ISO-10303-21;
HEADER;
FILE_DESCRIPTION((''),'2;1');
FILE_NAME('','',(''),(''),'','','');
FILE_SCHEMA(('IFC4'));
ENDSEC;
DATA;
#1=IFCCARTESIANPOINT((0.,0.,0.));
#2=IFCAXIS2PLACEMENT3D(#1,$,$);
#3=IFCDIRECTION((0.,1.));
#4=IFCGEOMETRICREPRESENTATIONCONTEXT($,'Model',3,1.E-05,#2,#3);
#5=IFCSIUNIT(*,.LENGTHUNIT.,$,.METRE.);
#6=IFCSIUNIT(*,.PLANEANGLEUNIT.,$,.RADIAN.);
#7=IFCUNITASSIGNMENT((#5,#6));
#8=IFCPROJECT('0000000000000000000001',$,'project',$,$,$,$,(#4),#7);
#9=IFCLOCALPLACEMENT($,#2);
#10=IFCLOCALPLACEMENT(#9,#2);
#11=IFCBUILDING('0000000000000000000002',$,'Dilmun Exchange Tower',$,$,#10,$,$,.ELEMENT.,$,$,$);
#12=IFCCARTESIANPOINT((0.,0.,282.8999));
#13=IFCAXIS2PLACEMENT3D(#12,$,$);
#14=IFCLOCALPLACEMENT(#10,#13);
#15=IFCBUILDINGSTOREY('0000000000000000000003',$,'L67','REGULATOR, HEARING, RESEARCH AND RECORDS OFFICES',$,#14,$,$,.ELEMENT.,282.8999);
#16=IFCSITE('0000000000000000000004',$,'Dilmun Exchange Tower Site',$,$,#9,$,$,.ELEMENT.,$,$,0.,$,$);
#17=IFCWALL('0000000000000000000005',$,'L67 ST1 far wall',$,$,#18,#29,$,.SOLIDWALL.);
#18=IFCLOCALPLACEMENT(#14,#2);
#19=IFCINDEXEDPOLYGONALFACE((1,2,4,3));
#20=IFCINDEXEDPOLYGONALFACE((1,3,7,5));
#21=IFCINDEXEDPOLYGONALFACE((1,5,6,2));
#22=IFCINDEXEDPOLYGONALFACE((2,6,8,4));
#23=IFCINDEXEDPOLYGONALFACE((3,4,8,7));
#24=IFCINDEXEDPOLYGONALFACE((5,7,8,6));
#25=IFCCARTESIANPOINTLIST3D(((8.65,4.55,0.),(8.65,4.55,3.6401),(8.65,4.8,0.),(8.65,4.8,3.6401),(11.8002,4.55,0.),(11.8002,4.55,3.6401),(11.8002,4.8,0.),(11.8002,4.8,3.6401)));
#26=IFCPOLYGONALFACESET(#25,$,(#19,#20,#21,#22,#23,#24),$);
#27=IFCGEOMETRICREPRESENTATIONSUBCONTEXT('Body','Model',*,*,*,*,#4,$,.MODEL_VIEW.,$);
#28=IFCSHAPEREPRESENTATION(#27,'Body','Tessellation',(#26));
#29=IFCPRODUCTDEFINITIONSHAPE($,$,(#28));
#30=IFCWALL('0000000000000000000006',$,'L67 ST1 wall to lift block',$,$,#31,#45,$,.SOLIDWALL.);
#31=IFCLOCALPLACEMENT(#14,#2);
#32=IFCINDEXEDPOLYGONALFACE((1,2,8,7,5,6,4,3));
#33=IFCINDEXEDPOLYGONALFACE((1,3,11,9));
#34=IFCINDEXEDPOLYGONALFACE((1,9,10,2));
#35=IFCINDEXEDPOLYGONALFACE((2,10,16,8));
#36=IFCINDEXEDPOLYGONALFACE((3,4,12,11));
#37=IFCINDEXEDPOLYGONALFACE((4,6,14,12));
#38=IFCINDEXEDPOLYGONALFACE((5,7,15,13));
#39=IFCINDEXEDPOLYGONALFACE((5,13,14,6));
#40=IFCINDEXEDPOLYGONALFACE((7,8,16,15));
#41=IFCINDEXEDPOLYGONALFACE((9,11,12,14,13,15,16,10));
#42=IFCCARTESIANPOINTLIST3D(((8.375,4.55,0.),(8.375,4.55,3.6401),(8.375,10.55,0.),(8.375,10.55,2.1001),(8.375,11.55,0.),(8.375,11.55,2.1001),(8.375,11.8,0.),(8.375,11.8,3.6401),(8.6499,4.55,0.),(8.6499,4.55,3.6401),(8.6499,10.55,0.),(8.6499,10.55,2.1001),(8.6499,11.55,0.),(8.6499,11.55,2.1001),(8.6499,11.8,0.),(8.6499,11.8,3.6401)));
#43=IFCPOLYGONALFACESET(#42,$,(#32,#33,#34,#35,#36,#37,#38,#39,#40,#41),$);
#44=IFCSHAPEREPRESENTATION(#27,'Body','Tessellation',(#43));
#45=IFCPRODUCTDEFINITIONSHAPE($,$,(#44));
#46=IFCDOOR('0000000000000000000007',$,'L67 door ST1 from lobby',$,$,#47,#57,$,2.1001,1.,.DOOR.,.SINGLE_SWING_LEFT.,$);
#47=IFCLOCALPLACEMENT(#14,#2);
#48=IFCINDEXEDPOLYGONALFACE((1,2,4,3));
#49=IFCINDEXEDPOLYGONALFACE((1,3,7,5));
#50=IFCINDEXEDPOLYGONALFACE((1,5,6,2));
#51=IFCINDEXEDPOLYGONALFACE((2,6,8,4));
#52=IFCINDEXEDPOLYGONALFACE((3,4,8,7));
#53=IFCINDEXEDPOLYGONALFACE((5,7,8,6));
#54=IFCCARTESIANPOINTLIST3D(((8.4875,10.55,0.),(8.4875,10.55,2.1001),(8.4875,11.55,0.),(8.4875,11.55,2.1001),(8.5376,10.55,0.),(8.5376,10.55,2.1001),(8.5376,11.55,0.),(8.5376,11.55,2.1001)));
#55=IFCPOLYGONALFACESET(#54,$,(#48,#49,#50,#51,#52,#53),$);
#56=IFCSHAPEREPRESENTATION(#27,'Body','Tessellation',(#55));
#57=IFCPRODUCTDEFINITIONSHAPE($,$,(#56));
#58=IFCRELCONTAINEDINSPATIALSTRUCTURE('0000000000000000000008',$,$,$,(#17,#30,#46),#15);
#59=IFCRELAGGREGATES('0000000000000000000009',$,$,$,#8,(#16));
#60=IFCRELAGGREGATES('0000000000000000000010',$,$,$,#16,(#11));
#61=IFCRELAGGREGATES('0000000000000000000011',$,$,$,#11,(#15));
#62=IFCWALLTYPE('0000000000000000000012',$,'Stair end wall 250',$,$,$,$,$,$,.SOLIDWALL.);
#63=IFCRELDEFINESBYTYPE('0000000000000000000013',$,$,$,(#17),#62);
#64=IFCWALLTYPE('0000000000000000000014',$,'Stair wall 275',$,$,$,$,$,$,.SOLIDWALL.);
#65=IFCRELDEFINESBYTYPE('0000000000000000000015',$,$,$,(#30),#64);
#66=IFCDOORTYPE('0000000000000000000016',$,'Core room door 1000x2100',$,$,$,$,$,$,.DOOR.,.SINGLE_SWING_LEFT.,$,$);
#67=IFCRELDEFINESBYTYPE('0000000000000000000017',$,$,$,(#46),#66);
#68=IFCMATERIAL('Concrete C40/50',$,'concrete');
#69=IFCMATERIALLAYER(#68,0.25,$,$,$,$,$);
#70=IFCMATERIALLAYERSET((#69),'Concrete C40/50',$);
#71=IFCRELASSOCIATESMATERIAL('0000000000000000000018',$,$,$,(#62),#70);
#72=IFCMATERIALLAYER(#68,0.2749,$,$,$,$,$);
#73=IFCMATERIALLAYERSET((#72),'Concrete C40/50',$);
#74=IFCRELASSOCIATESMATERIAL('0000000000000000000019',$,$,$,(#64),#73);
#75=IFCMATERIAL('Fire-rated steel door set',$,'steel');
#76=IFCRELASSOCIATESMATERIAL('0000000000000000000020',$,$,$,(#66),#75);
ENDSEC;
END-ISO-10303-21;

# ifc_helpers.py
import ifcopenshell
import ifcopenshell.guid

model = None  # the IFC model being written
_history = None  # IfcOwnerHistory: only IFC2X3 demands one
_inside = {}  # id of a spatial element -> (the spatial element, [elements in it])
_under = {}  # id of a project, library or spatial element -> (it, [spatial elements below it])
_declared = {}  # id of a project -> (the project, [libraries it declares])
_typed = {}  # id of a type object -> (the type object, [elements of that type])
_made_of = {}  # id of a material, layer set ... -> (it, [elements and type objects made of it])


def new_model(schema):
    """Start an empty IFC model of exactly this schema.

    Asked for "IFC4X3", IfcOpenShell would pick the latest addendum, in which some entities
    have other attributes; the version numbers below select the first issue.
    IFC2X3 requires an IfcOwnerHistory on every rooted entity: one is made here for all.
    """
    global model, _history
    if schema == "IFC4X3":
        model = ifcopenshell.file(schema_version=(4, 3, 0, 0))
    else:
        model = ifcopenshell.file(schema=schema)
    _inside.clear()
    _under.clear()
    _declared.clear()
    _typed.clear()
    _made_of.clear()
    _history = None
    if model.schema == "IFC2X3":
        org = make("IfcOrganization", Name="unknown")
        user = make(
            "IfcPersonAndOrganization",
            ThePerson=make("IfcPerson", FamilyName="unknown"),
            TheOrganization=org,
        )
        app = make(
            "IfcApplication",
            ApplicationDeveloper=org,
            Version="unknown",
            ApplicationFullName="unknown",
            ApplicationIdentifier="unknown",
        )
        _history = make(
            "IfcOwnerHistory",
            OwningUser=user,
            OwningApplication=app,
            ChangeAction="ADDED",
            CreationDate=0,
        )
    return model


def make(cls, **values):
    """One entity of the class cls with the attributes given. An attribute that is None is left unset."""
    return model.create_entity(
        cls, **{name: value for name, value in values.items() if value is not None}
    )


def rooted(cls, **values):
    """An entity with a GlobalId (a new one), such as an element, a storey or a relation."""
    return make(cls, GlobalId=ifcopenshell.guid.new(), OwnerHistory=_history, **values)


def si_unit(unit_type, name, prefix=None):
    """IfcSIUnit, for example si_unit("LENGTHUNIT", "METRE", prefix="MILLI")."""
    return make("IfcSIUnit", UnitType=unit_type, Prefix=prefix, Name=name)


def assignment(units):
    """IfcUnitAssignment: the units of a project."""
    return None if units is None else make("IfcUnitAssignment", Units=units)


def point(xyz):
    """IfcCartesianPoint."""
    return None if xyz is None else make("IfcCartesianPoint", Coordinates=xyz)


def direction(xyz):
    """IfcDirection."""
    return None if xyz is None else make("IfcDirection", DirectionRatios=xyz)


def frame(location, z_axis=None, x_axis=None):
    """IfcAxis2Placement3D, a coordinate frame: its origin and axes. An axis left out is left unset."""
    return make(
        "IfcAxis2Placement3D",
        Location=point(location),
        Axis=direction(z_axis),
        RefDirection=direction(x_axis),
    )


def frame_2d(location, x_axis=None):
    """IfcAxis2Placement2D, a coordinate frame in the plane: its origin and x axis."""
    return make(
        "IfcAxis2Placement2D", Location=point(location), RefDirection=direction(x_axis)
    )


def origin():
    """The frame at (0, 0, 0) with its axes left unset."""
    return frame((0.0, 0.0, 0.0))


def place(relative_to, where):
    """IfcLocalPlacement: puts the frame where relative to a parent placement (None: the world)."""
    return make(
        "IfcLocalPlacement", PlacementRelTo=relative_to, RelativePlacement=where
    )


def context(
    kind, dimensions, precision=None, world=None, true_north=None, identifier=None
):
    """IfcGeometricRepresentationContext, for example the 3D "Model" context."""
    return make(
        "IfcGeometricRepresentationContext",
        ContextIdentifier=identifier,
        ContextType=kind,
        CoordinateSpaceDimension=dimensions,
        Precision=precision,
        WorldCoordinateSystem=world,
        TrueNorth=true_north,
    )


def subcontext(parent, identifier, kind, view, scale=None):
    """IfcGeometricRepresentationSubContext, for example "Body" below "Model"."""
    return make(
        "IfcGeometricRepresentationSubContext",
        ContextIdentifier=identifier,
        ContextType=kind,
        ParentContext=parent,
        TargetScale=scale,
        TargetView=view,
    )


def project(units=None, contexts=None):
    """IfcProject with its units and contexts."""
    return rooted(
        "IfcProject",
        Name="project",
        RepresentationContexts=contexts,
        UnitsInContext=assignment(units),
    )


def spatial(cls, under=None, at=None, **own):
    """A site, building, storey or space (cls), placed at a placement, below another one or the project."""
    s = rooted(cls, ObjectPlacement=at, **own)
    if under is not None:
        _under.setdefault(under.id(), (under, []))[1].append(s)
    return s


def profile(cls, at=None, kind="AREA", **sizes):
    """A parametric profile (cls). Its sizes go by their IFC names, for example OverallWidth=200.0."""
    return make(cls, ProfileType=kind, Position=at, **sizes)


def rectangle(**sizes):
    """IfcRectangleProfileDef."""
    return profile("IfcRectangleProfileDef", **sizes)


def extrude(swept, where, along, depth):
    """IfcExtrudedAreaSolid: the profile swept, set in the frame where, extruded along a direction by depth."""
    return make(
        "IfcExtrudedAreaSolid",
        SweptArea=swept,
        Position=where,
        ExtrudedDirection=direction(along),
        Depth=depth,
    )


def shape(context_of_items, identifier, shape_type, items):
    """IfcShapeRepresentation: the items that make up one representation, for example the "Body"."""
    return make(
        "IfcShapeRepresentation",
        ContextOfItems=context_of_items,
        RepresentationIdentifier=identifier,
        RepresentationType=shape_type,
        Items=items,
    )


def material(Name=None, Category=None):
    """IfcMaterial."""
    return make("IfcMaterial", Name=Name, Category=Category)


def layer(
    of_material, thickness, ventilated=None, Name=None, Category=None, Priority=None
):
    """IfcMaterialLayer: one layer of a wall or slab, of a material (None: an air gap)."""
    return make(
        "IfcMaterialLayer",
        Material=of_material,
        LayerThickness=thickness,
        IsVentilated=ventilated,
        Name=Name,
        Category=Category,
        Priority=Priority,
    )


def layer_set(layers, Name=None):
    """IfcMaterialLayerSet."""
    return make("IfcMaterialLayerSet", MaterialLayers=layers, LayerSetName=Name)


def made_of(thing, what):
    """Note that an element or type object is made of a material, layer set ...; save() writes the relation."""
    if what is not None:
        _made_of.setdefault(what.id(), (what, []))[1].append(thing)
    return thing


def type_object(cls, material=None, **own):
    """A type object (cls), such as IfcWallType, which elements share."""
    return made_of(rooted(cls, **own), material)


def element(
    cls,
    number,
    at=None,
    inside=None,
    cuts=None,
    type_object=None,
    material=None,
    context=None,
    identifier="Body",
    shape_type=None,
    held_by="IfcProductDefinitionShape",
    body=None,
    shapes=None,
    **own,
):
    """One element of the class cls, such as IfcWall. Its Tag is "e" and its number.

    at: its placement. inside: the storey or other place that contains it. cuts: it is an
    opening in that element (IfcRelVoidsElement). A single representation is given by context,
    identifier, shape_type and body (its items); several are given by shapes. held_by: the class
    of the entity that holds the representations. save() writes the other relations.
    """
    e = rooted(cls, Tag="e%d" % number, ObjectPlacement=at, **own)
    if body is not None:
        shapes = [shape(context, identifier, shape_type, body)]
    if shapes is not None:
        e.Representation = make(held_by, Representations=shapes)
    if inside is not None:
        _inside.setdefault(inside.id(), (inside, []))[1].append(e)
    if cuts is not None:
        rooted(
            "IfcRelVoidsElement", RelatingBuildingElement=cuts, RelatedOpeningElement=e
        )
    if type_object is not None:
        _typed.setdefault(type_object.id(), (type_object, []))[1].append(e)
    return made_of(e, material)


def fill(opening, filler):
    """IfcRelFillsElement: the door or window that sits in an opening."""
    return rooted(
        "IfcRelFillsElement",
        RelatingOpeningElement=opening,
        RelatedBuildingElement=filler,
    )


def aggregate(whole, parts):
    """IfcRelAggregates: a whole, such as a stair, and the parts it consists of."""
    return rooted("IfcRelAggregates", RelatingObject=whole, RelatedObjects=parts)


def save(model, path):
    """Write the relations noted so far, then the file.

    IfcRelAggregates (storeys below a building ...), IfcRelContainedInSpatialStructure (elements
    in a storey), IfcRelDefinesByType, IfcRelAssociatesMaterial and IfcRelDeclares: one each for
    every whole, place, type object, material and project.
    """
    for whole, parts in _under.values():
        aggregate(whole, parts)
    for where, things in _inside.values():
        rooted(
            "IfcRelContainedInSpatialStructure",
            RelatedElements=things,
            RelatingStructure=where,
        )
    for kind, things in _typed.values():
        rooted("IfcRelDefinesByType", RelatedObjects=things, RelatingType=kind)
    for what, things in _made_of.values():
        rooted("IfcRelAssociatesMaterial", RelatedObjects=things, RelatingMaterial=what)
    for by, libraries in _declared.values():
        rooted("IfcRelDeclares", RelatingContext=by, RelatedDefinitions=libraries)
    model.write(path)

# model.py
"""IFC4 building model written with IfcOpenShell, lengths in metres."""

from ifc_helpers import new_model, si_unit, direction, frame, frame_2d, origin, place, context, subcontext, project, spatial, rectangle, extrude, material, layer, layer_set, type_object, element, fill, save


model = new_model("IFC4")

# Units and contexts
model_context = context("Model", 3, precision=1e-05, world=origin(), true_north=direction((0.0, 1.0)))
body_context = subcontext(model_context, "Body", "Model", "MODEL_VIEW")
ifc_project = project(units=[si_unit("LENGTHUNIT", "METRE"), si_unit("PLANEANGLEUNIT", "RADIAN")], contexts=[model_context])

# Site, building, storey
site_placement = place(None, origin())
site = spatial("IfcSite", under=ifc_project, at=site_placement, Name="Dilmun Exchange Tower Site", CompositionType="ELEMENT", RefElevation=0.0)
building_placement = place(site_placement, origin())
building = spatial("IfcBuilding", under=site, at=building_placement, Name="Dilmun Exchange Tower", CompositionType="ELEMENT")
storey_placement = place(building_placement, frame((0.0, 0.0, 282.8999)))
storey = spatial("IfcBuildingStorey", under=building, at=storey_placement, Name="L67", Description="REGULATOR, HEARING, RESEARCH AND RECORDS OFFICES", CompositionType="ELEMENT", Elevation=282.8999)

# Shared definitions
ifc_material_1 = material(Name="Concrete C40/50", Category="concrete")

# Wall
ifc_layer_1 = layer(ifc_material_1, 0.25)
ifc_layer_set_1 = layer_set([ifc_layer_1], Name="Concrete C40/50")
wall_type_1 = type_object("IfcWallType", Name="Stair end wall 250", PredefinedType="SOLIDWALL", material=ifc_layer_set_1)
wall_1_placement = place(storey_placement, frame((8.6499, 4.675, 0.0), z_axis=(0.0, 0.0, 1.0), x_axis=(1.0, 0.0, 0.0)))
element("IfcWall", 1, at=wall_1_placement, inside=storey, type_object=wall_type_1, Name="L67 ST1 far wall", PredefinedType="SOLIDWALL", context=body_context, shape_type="SweptSolid", body=[
    extrude(rectangle(XDim=3.1501, YDim=0.25, at=frame_2d((1.5752, 0.0))), origin(), (0.0, 0.0, 1.0), 3.6401),
])

# Wall, opening, door
ifc_layer_2 = layer(ifc_material_1, 0.2749)
ifc_layer_set_2 = layer_set([ifc_layer_2], Name="Concrete C40/50")
wall_type_2 = type_object("IfcWallType", Name="Stair wall 275", PredefinedType="SOLIDWALL", material=ifc_layer_set_2)
wall_2_placement = place(storey_placement, frame((8.5125, 4.55, 0.0), z_axis=(0.0, 0.0, 1.0), x_axis=(0.0, 1.0, 0.0)))
wall_2 = element("IfcWall", 2, at=wall_2_placement, inside=storey, type_object=wall_type_2, Name="L67 ST1 wall to lift block", PredefinedType="SOLIDWALL", context=body_context, shape_type="SweptSolid", body=[
    extrude(rectangle(XDim=7.25, YDim=0.2749, at=frame_2d((3.625, 0.0))), origin(), (0.0, 0.0, 1.0), 3.6401),
])
opening_1_placement = place(wall_2_placement, frame((6.0, 0.0, 0.0)))
opening_1 = element("IfcOpeningElement", 3, at=opening_1_placement, cuts=wall_2, PredefinedType="OPENING", context=body_context, shape_type="SweptSolid", body=[
    extrude(rectangle(XDim=1.0, YDim=2.1001, at=frame_2d((0.5, 1.05))), frame((0.0, 0.1475, 0.0), z_axis=(0.0, -1.0, 0.0), x_axis=(1.0, 0.0, 0.0)), (0.0, 0.0, 1.0), 0.2949),
])
ifc_material_2 = material(Name="Fire-rated steel door set", Category="steel")
door_type_1 = type_object("IfcDoorType", Name="Core room door 1000x2100", OperationType="SINGLE_SWING_LEFT", PredefinedType="DOOR", material=ifc_material_2)
door_1_placement = place(opening_1_placement, origin())
door_1 = element("IfcDoor", 4, at=door_1_placement, inside=storey, type_object=door_type_1, Name="L67 door ST1 from lobby", OperationType="SINGLE_SWING_LEFT", OverallHeight=2.1001, OverallWidth=1.0, PredefinedType="DOOR", context=body_context, shape_type="SweptSolid", body=[
    extrude(rectangle(XDim=1.0, YDim=2.1001, at=frame_2d((0.5, 1.05))), frame((0.0, 0.0249, 0.0), z_axis=(0.0, -1.0, 0.0), x_axis=(1.0, 0.0, 0.0)), (0.0, 0.0, 1.0), 0.05),
])
fill(opening_1, door_1)

save(model, "model.ifc")
